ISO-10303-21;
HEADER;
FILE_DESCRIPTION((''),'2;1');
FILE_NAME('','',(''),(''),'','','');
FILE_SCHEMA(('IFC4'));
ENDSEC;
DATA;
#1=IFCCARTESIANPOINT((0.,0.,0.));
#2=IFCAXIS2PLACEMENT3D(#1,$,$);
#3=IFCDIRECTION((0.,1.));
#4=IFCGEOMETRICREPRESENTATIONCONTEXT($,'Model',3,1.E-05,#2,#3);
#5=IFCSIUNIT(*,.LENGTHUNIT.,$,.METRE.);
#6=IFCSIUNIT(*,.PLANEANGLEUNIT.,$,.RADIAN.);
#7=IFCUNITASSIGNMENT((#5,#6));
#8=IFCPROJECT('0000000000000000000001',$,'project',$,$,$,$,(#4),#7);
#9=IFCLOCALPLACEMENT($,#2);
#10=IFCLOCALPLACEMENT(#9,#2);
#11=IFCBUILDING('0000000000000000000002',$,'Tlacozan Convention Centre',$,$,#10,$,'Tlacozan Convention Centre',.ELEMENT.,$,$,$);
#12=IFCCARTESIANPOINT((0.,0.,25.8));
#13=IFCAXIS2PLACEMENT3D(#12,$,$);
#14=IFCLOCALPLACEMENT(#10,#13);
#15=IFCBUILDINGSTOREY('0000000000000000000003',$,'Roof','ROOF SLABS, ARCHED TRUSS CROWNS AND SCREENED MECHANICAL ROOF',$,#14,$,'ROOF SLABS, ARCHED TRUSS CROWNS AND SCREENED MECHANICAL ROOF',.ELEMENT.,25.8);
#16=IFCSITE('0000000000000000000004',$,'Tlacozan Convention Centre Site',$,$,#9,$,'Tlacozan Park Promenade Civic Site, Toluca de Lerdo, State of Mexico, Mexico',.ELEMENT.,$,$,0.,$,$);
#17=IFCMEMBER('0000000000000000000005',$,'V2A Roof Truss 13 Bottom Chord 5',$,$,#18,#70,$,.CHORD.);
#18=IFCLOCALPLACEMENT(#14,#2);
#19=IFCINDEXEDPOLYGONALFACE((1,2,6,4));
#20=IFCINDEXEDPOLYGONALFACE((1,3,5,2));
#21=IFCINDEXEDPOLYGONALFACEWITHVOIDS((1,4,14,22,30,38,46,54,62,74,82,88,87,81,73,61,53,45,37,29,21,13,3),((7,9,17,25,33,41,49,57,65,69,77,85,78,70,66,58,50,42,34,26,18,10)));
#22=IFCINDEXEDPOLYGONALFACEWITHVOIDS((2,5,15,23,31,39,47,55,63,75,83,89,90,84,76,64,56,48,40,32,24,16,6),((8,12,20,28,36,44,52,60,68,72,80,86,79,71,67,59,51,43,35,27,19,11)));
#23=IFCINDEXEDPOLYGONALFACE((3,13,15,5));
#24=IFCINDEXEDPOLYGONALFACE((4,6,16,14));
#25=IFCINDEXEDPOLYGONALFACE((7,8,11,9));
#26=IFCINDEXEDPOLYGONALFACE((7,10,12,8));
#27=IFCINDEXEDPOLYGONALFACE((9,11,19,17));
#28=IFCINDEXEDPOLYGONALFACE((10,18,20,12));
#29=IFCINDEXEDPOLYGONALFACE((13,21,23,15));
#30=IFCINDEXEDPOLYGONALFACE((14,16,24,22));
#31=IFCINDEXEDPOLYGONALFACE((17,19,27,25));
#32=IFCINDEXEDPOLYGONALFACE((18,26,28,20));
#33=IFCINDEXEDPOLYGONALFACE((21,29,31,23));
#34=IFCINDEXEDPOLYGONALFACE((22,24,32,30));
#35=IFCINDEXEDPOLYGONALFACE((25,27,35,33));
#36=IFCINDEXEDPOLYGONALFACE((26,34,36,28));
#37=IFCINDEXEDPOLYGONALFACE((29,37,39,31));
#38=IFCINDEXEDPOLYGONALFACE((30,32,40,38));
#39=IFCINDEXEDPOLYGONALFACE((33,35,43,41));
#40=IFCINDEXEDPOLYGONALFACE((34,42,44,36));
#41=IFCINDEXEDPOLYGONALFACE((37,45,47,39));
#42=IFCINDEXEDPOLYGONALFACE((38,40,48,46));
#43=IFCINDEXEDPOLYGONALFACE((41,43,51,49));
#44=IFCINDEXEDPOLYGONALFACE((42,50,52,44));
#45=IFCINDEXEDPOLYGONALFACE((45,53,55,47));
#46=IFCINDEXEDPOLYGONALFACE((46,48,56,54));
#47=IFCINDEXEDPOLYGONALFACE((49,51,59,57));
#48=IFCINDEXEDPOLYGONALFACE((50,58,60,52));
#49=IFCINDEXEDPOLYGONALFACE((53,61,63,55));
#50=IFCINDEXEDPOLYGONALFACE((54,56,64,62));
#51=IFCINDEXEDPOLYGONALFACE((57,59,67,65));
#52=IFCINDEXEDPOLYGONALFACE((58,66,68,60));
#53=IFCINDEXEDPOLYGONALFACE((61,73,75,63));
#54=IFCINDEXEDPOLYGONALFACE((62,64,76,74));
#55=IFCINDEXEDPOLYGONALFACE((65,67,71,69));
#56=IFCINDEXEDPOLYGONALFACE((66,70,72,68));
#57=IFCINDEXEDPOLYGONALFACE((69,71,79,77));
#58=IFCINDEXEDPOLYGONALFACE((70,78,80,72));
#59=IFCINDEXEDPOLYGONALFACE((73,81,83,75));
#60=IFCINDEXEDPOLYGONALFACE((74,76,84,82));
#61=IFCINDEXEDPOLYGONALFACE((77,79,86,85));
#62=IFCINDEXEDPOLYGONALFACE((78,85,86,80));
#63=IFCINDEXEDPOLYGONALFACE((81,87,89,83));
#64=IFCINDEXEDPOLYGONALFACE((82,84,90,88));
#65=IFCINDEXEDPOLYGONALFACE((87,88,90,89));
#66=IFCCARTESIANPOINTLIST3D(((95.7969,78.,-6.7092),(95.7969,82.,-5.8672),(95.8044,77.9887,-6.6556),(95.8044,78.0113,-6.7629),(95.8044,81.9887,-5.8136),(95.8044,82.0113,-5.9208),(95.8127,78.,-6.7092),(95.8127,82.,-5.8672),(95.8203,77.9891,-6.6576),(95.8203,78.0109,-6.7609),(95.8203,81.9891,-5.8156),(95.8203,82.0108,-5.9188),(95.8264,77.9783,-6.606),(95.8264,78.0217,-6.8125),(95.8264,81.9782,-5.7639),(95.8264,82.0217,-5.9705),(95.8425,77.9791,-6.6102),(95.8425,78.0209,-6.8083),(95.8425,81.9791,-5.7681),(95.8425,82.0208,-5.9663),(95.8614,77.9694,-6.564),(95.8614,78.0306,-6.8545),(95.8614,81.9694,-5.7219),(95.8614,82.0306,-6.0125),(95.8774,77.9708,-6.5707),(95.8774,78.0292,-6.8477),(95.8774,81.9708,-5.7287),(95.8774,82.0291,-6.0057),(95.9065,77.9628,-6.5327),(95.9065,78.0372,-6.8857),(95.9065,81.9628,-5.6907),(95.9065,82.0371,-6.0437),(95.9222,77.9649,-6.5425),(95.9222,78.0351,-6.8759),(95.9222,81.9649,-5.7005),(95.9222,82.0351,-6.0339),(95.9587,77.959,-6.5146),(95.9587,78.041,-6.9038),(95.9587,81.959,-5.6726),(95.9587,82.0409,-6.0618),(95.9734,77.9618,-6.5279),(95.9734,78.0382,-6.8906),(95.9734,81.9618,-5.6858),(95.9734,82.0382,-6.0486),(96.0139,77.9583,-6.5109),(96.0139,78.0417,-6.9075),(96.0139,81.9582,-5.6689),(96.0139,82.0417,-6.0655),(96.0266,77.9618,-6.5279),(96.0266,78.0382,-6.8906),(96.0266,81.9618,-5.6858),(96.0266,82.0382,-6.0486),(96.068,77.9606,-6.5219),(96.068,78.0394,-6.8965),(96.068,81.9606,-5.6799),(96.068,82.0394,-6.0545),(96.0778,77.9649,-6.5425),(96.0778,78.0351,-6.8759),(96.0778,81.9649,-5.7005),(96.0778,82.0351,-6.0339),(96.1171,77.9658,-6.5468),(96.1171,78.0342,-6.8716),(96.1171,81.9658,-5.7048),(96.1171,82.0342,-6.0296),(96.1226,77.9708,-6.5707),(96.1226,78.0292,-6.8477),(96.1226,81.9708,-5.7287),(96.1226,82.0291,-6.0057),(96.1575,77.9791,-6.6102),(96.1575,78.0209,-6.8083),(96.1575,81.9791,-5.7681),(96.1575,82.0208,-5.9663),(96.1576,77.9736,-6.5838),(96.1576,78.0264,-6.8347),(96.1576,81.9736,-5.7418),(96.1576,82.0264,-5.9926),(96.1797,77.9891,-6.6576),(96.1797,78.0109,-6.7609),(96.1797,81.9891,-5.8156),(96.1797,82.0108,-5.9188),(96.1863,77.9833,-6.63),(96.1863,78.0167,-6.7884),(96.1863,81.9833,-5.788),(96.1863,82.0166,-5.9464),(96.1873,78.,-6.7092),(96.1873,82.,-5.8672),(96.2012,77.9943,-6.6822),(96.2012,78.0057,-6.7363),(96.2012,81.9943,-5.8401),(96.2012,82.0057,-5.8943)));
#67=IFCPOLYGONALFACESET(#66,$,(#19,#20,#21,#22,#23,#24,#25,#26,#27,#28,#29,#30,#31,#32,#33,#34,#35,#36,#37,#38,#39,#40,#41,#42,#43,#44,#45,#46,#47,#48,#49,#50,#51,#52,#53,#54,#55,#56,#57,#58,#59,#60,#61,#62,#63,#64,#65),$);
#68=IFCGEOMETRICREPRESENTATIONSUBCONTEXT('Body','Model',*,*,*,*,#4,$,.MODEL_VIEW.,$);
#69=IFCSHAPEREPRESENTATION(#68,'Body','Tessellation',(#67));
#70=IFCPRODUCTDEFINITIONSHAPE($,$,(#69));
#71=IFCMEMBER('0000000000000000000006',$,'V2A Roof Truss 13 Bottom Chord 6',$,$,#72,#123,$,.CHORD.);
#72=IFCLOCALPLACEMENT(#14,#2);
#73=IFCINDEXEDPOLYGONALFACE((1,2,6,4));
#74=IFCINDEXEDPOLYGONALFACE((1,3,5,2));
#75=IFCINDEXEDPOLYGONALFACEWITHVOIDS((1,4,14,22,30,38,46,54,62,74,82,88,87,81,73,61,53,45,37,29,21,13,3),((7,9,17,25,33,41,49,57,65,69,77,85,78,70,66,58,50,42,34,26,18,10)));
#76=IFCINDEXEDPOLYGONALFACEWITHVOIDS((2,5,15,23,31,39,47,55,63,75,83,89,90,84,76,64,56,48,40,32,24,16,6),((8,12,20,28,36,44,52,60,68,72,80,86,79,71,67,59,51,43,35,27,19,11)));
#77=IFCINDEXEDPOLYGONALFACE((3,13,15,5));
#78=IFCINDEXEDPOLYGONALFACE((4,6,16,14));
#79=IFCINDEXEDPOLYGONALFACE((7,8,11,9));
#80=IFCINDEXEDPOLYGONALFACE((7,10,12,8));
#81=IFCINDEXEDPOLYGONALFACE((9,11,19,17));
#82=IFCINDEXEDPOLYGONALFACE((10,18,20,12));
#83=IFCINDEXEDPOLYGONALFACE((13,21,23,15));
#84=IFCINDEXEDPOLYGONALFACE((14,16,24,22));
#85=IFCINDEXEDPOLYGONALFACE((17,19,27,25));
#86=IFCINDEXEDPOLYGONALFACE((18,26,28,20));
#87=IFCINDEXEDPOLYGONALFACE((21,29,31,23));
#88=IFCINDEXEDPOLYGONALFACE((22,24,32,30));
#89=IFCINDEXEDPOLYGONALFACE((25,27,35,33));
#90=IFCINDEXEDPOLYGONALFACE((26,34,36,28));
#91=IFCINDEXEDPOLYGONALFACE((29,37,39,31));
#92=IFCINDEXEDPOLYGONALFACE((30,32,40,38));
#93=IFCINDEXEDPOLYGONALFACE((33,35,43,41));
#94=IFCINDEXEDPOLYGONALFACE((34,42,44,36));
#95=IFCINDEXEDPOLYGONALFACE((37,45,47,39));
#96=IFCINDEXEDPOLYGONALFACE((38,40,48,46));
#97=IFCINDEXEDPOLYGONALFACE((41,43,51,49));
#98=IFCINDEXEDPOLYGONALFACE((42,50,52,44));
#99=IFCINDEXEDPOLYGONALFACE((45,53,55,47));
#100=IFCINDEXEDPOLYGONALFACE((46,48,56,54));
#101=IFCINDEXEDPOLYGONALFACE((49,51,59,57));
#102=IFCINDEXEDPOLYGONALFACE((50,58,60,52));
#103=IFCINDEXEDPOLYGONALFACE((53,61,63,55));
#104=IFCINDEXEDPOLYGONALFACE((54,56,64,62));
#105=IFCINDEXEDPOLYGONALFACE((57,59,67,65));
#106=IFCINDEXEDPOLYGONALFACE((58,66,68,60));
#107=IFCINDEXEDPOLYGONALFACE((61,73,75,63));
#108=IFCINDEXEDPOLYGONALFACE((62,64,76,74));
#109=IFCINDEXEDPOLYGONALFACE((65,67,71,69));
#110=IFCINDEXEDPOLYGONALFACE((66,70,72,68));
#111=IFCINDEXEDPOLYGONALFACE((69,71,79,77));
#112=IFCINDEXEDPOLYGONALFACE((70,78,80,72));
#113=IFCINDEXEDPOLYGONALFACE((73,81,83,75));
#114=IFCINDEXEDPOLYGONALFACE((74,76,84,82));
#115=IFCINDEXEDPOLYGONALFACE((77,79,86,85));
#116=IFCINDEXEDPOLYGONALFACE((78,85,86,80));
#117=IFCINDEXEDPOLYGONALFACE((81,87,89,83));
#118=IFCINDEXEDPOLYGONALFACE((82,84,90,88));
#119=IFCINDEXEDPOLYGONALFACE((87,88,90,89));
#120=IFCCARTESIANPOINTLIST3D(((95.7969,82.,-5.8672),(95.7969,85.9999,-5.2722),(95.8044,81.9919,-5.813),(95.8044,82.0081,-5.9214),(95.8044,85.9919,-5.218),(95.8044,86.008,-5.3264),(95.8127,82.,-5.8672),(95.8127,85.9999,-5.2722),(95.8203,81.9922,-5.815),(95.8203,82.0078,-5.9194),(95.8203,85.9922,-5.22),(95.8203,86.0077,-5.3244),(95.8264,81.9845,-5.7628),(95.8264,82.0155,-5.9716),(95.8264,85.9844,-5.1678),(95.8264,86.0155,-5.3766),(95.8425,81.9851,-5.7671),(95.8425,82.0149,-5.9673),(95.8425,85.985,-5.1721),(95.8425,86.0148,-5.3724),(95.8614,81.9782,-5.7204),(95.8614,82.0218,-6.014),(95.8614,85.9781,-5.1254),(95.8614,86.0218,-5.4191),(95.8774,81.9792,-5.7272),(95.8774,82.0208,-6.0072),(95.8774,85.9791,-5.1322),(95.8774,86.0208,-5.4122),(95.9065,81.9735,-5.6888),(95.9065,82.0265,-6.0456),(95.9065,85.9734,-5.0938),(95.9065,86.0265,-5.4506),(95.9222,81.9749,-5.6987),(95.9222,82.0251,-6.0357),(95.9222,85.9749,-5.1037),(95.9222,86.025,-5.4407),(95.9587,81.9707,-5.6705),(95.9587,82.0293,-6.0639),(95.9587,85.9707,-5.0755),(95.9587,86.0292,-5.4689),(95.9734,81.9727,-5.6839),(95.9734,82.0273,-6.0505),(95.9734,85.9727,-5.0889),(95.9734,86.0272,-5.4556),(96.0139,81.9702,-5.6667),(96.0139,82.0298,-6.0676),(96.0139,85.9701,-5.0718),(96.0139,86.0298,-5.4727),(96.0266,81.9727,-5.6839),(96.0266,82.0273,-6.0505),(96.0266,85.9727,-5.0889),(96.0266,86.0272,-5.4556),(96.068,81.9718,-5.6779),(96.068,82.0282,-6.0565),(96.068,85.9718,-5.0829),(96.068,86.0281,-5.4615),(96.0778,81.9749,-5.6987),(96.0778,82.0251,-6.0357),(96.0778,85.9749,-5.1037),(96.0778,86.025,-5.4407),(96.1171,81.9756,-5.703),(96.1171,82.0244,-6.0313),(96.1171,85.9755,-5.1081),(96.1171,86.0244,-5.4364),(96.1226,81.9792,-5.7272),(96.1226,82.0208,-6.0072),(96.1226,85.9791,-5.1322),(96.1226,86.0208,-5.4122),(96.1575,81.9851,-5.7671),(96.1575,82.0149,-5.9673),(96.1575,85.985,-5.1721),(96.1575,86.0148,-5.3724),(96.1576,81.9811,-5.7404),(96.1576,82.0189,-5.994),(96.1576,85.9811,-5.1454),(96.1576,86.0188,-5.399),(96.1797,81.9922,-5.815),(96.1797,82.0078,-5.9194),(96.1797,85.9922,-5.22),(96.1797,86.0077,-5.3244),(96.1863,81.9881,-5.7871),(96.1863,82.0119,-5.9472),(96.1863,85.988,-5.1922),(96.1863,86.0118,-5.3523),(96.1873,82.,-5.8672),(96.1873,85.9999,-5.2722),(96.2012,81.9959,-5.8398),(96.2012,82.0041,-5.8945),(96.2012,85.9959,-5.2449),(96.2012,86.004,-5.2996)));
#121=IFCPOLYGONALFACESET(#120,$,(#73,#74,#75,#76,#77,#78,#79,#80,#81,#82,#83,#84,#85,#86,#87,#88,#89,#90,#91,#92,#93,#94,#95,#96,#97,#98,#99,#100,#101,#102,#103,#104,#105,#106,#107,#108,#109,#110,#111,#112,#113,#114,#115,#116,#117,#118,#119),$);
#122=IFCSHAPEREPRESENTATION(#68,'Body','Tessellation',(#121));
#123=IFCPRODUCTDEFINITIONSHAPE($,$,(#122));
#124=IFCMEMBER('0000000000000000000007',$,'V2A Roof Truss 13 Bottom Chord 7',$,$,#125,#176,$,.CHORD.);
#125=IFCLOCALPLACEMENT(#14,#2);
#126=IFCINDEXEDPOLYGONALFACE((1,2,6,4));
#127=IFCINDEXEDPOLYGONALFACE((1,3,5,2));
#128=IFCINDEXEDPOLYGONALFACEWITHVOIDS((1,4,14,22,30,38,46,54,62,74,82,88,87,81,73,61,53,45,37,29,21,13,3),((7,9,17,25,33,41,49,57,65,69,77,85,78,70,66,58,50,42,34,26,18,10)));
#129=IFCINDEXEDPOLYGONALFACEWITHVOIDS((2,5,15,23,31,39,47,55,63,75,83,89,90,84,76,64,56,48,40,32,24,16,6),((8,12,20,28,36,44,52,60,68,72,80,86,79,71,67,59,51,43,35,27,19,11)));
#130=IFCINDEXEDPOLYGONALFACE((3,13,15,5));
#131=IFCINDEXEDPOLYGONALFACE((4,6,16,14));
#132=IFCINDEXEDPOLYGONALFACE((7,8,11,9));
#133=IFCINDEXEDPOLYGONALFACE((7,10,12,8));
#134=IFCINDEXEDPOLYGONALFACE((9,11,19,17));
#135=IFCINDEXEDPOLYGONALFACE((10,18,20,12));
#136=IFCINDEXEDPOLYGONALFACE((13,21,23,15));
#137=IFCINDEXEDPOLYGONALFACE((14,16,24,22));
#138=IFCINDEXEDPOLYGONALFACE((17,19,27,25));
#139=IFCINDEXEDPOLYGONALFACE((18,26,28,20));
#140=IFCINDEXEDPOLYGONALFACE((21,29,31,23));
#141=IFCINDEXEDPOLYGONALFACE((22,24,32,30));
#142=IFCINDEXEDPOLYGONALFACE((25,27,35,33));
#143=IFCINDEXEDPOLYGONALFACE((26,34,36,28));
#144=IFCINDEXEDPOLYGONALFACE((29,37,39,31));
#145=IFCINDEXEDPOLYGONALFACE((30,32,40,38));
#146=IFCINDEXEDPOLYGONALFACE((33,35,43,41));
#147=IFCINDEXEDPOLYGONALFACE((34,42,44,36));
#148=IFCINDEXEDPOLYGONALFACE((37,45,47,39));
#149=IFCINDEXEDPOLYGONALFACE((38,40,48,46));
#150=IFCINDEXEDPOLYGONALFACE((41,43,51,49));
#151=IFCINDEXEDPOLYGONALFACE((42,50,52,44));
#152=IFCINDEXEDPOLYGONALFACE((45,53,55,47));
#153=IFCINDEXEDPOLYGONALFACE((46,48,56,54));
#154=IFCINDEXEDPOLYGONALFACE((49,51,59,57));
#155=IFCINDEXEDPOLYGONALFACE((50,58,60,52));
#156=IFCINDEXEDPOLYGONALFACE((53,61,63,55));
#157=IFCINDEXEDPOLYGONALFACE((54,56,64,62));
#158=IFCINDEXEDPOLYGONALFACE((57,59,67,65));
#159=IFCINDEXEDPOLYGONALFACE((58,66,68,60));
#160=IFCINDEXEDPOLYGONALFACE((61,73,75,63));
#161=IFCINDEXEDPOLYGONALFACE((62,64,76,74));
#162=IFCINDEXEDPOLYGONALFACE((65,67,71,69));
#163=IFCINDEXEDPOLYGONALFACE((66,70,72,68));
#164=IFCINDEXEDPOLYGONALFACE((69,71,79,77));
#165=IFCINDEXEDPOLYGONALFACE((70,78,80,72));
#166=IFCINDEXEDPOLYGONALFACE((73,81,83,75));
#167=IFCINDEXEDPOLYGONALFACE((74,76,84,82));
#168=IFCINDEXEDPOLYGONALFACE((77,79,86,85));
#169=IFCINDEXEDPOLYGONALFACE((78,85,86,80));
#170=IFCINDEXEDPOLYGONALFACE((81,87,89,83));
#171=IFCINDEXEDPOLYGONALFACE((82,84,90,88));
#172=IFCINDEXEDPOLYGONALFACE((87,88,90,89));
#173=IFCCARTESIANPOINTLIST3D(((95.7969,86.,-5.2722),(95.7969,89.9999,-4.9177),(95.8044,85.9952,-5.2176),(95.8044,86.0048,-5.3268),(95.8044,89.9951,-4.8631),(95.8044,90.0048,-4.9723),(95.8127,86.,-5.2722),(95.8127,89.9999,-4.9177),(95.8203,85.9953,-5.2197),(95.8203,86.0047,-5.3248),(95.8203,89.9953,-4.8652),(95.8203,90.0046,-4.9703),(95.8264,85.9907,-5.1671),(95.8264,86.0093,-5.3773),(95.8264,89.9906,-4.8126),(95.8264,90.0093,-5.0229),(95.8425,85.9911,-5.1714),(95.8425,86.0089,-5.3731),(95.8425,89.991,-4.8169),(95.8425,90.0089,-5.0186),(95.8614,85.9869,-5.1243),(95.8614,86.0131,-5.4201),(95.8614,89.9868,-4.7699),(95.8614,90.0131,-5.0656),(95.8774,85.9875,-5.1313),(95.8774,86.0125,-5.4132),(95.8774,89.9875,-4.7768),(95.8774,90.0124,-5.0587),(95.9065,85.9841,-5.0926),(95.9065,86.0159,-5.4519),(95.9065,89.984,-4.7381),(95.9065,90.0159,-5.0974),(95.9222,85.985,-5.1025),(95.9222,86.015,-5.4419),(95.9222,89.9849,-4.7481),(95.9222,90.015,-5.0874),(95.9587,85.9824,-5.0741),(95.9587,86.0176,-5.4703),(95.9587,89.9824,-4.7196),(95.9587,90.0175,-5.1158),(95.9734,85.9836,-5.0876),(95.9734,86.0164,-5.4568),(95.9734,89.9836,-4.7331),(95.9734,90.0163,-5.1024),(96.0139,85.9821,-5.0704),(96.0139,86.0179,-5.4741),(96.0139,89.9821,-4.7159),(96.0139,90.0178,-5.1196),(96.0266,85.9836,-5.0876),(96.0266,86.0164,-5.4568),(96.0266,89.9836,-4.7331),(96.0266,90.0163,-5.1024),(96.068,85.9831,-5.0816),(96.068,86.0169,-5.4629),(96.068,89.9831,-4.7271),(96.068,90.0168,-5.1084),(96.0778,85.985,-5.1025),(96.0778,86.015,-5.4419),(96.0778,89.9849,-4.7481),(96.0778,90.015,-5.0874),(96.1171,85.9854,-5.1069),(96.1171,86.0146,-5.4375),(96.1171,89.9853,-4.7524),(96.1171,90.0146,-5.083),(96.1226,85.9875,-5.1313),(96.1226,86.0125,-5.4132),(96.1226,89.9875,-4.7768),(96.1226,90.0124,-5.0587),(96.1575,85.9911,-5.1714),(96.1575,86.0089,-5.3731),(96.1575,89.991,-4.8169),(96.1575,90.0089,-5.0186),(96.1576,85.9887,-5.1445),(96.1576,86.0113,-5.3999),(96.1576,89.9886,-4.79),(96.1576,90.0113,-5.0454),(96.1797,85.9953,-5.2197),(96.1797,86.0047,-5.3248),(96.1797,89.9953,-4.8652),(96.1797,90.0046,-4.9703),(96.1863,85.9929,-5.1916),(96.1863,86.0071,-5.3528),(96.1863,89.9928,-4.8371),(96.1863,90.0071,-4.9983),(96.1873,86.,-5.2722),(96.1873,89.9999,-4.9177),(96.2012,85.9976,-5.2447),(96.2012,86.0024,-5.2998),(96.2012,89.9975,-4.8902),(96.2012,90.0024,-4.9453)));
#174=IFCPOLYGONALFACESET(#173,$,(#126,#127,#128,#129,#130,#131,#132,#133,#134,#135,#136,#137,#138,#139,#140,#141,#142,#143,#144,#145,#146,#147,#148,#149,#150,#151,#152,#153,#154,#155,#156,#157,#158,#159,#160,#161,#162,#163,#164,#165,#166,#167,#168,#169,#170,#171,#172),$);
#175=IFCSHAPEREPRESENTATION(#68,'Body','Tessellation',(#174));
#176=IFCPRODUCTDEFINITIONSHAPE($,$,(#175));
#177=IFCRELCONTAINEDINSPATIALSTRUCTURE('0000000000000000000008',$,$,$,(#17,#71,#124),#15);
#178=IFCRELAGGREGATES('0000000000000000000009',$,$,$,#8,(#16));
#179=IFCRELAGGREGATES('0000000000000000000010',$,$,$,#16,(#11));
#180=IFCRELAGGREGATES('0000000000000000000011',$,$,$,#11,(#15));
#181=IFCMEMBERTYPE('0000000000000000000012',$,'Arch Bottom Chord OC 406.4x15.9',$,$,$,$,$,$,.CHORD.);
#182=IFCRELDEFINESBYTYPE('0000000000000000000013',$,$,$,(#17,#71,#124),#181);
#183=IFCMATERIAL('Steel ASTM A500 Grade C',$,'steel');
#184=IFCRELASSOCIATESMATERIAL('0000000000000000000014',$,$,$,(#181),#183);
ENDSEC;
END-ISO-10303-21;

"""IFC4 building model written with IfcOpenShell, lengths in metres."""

from ifc_helpers import new_model, si_unit, direction, frame, origin, origin_2d, place, context, subcontext, project, spatial, hollow_circle, extrude, material, material_profile, profile_set, type_object, element, save


model = new_model("IFC4")

# Units and contexts
model_context = context("Model", 3, precision=1e-05, world=origin(), true_north=direction((0.0, 1.0)))
body_context = subcontext(model_context, "Body", "Model", "MODEL_VIEW")
ifc_project = project(units=[si_unit("LENGTHUNIT", "METRE"), si_unit("PLANEANGLEUNIT", "RADIAN")], contexts=[model_context])

# Site, building, storey
site_placement = place(None, origin())
site = spatial("IfcSite", under=ifc_project, at=site_placement, Name="Tlacozan Convention Centre Site", LongName="Tlacozan Park Promenade Civic Site, Toluca de Lerdo, State of Mexico, Mexico", CompositionType="ELEMENT", RefElevation=0.0)
building_placement = place(site_placement, origin())
building = spatial("IfcBuilding", under=site, at=building_placement, Name="Tlacozan Convention Centre", LongName="Tlacozan Convention Centre", CompositionType="ELEMENT")
storey_placement = place(building_placement, frame((0.0, 0.0, 25.8)))
storey = spatial("IfcBuildingStorey", under=building, at=storey_placement, Name="Roof", Description="ROOF SLABS, ARCHED TRUSS CROWNS AND SCREENED MECHANICAL ROOF", LongName="ROOF SLABS, ARCHED TRUSS CROWNS AND SCREENED MECHANICAL ROOF", CompositionType="ELEMENT", Elevation=25.8)

# Members
ifc_material_1 = material(Name="Steel ASTM A500 Grade C", Category="steel")
ifc_material_profile_1 = material_profile(ifc_material_1, hollow_circle(Radius=0.2031, WallThickness=0.0159, at=origin_2d()), Name="OC 406.4x15.9")
ifc_profile_set_1 = profile_set([ifc_material_profile_1], Name="Steel ASTM A500 Grade C")
member_type_1 = type_object("IfcMemberType", Name="Arch Bottom Chord OC 406.4x15.9", PredefinedType="CHORD", material=ifc_profile_set_1)
member_1_placement = place(storey_placement, frame((96.0, 78.0, -6.7092), z_axis=(0.0, 0.978553, 0.205995), x_axis=(-1.0, 0.0, 0.0)))
element("IfcMember", 1, at=member_1_placement, inside=storey, type_object=member_type_1, Name="V2A Roof Truss 13 Bottom Chord 5", PredefinedType="CHORD", context=body_context, shape_type="SweptSolid", body=[
    extrude(hollow_circle(Radius=0.2031, WallThickness=0.0159, at=origin_2d()), origin(), (0.0, 0.0, 1.0), 4.0876),
])
member_2_placement = place(storey_placement, frame((96.0, 82.0, -5.8672), z_axis=(0.0, 0.989118, 0.147124), x_axis=(-1.0, 0.0, 0.0)))
element("IfcMember", 2, at=member_2_placement, inside=storey, type_object=member_type_1, Name="V2A Roof Truss 13 Bottom Chord 6", PredefinedType="CHORD", context=body_context, shape_type="SweptSolid", body=[
    extrude(hollow_circle(Radius=0.2031, WallThickness=0.0159, at=origin_2d()), origin(), (0.0, 0.0, 1.0), 4.0439),
])
member_3_placement = place(storey_placement, frame((96.0, 86.0, -5.2722), z_axis=(0.0, 0.996096, 0.088277), x_axis=(-1.0, 0.0, 0.0)))
element("IfcMember", 3, at=member_3_placement, inside=storey, type_object=member_type_1, Name="V2A Roof Truss 13 Bottom Chord 7", PredefinedType="CHORD", context=body_context, shape_type="SweptSolid", body=[
    extrude(hollow_circle(Radius=0.2031, WallThickness=0.0159, at=origin_2d()), origin(), (0.0, 0.0, 1.0), 4.0156),
])

save(model, "model.ifc")
